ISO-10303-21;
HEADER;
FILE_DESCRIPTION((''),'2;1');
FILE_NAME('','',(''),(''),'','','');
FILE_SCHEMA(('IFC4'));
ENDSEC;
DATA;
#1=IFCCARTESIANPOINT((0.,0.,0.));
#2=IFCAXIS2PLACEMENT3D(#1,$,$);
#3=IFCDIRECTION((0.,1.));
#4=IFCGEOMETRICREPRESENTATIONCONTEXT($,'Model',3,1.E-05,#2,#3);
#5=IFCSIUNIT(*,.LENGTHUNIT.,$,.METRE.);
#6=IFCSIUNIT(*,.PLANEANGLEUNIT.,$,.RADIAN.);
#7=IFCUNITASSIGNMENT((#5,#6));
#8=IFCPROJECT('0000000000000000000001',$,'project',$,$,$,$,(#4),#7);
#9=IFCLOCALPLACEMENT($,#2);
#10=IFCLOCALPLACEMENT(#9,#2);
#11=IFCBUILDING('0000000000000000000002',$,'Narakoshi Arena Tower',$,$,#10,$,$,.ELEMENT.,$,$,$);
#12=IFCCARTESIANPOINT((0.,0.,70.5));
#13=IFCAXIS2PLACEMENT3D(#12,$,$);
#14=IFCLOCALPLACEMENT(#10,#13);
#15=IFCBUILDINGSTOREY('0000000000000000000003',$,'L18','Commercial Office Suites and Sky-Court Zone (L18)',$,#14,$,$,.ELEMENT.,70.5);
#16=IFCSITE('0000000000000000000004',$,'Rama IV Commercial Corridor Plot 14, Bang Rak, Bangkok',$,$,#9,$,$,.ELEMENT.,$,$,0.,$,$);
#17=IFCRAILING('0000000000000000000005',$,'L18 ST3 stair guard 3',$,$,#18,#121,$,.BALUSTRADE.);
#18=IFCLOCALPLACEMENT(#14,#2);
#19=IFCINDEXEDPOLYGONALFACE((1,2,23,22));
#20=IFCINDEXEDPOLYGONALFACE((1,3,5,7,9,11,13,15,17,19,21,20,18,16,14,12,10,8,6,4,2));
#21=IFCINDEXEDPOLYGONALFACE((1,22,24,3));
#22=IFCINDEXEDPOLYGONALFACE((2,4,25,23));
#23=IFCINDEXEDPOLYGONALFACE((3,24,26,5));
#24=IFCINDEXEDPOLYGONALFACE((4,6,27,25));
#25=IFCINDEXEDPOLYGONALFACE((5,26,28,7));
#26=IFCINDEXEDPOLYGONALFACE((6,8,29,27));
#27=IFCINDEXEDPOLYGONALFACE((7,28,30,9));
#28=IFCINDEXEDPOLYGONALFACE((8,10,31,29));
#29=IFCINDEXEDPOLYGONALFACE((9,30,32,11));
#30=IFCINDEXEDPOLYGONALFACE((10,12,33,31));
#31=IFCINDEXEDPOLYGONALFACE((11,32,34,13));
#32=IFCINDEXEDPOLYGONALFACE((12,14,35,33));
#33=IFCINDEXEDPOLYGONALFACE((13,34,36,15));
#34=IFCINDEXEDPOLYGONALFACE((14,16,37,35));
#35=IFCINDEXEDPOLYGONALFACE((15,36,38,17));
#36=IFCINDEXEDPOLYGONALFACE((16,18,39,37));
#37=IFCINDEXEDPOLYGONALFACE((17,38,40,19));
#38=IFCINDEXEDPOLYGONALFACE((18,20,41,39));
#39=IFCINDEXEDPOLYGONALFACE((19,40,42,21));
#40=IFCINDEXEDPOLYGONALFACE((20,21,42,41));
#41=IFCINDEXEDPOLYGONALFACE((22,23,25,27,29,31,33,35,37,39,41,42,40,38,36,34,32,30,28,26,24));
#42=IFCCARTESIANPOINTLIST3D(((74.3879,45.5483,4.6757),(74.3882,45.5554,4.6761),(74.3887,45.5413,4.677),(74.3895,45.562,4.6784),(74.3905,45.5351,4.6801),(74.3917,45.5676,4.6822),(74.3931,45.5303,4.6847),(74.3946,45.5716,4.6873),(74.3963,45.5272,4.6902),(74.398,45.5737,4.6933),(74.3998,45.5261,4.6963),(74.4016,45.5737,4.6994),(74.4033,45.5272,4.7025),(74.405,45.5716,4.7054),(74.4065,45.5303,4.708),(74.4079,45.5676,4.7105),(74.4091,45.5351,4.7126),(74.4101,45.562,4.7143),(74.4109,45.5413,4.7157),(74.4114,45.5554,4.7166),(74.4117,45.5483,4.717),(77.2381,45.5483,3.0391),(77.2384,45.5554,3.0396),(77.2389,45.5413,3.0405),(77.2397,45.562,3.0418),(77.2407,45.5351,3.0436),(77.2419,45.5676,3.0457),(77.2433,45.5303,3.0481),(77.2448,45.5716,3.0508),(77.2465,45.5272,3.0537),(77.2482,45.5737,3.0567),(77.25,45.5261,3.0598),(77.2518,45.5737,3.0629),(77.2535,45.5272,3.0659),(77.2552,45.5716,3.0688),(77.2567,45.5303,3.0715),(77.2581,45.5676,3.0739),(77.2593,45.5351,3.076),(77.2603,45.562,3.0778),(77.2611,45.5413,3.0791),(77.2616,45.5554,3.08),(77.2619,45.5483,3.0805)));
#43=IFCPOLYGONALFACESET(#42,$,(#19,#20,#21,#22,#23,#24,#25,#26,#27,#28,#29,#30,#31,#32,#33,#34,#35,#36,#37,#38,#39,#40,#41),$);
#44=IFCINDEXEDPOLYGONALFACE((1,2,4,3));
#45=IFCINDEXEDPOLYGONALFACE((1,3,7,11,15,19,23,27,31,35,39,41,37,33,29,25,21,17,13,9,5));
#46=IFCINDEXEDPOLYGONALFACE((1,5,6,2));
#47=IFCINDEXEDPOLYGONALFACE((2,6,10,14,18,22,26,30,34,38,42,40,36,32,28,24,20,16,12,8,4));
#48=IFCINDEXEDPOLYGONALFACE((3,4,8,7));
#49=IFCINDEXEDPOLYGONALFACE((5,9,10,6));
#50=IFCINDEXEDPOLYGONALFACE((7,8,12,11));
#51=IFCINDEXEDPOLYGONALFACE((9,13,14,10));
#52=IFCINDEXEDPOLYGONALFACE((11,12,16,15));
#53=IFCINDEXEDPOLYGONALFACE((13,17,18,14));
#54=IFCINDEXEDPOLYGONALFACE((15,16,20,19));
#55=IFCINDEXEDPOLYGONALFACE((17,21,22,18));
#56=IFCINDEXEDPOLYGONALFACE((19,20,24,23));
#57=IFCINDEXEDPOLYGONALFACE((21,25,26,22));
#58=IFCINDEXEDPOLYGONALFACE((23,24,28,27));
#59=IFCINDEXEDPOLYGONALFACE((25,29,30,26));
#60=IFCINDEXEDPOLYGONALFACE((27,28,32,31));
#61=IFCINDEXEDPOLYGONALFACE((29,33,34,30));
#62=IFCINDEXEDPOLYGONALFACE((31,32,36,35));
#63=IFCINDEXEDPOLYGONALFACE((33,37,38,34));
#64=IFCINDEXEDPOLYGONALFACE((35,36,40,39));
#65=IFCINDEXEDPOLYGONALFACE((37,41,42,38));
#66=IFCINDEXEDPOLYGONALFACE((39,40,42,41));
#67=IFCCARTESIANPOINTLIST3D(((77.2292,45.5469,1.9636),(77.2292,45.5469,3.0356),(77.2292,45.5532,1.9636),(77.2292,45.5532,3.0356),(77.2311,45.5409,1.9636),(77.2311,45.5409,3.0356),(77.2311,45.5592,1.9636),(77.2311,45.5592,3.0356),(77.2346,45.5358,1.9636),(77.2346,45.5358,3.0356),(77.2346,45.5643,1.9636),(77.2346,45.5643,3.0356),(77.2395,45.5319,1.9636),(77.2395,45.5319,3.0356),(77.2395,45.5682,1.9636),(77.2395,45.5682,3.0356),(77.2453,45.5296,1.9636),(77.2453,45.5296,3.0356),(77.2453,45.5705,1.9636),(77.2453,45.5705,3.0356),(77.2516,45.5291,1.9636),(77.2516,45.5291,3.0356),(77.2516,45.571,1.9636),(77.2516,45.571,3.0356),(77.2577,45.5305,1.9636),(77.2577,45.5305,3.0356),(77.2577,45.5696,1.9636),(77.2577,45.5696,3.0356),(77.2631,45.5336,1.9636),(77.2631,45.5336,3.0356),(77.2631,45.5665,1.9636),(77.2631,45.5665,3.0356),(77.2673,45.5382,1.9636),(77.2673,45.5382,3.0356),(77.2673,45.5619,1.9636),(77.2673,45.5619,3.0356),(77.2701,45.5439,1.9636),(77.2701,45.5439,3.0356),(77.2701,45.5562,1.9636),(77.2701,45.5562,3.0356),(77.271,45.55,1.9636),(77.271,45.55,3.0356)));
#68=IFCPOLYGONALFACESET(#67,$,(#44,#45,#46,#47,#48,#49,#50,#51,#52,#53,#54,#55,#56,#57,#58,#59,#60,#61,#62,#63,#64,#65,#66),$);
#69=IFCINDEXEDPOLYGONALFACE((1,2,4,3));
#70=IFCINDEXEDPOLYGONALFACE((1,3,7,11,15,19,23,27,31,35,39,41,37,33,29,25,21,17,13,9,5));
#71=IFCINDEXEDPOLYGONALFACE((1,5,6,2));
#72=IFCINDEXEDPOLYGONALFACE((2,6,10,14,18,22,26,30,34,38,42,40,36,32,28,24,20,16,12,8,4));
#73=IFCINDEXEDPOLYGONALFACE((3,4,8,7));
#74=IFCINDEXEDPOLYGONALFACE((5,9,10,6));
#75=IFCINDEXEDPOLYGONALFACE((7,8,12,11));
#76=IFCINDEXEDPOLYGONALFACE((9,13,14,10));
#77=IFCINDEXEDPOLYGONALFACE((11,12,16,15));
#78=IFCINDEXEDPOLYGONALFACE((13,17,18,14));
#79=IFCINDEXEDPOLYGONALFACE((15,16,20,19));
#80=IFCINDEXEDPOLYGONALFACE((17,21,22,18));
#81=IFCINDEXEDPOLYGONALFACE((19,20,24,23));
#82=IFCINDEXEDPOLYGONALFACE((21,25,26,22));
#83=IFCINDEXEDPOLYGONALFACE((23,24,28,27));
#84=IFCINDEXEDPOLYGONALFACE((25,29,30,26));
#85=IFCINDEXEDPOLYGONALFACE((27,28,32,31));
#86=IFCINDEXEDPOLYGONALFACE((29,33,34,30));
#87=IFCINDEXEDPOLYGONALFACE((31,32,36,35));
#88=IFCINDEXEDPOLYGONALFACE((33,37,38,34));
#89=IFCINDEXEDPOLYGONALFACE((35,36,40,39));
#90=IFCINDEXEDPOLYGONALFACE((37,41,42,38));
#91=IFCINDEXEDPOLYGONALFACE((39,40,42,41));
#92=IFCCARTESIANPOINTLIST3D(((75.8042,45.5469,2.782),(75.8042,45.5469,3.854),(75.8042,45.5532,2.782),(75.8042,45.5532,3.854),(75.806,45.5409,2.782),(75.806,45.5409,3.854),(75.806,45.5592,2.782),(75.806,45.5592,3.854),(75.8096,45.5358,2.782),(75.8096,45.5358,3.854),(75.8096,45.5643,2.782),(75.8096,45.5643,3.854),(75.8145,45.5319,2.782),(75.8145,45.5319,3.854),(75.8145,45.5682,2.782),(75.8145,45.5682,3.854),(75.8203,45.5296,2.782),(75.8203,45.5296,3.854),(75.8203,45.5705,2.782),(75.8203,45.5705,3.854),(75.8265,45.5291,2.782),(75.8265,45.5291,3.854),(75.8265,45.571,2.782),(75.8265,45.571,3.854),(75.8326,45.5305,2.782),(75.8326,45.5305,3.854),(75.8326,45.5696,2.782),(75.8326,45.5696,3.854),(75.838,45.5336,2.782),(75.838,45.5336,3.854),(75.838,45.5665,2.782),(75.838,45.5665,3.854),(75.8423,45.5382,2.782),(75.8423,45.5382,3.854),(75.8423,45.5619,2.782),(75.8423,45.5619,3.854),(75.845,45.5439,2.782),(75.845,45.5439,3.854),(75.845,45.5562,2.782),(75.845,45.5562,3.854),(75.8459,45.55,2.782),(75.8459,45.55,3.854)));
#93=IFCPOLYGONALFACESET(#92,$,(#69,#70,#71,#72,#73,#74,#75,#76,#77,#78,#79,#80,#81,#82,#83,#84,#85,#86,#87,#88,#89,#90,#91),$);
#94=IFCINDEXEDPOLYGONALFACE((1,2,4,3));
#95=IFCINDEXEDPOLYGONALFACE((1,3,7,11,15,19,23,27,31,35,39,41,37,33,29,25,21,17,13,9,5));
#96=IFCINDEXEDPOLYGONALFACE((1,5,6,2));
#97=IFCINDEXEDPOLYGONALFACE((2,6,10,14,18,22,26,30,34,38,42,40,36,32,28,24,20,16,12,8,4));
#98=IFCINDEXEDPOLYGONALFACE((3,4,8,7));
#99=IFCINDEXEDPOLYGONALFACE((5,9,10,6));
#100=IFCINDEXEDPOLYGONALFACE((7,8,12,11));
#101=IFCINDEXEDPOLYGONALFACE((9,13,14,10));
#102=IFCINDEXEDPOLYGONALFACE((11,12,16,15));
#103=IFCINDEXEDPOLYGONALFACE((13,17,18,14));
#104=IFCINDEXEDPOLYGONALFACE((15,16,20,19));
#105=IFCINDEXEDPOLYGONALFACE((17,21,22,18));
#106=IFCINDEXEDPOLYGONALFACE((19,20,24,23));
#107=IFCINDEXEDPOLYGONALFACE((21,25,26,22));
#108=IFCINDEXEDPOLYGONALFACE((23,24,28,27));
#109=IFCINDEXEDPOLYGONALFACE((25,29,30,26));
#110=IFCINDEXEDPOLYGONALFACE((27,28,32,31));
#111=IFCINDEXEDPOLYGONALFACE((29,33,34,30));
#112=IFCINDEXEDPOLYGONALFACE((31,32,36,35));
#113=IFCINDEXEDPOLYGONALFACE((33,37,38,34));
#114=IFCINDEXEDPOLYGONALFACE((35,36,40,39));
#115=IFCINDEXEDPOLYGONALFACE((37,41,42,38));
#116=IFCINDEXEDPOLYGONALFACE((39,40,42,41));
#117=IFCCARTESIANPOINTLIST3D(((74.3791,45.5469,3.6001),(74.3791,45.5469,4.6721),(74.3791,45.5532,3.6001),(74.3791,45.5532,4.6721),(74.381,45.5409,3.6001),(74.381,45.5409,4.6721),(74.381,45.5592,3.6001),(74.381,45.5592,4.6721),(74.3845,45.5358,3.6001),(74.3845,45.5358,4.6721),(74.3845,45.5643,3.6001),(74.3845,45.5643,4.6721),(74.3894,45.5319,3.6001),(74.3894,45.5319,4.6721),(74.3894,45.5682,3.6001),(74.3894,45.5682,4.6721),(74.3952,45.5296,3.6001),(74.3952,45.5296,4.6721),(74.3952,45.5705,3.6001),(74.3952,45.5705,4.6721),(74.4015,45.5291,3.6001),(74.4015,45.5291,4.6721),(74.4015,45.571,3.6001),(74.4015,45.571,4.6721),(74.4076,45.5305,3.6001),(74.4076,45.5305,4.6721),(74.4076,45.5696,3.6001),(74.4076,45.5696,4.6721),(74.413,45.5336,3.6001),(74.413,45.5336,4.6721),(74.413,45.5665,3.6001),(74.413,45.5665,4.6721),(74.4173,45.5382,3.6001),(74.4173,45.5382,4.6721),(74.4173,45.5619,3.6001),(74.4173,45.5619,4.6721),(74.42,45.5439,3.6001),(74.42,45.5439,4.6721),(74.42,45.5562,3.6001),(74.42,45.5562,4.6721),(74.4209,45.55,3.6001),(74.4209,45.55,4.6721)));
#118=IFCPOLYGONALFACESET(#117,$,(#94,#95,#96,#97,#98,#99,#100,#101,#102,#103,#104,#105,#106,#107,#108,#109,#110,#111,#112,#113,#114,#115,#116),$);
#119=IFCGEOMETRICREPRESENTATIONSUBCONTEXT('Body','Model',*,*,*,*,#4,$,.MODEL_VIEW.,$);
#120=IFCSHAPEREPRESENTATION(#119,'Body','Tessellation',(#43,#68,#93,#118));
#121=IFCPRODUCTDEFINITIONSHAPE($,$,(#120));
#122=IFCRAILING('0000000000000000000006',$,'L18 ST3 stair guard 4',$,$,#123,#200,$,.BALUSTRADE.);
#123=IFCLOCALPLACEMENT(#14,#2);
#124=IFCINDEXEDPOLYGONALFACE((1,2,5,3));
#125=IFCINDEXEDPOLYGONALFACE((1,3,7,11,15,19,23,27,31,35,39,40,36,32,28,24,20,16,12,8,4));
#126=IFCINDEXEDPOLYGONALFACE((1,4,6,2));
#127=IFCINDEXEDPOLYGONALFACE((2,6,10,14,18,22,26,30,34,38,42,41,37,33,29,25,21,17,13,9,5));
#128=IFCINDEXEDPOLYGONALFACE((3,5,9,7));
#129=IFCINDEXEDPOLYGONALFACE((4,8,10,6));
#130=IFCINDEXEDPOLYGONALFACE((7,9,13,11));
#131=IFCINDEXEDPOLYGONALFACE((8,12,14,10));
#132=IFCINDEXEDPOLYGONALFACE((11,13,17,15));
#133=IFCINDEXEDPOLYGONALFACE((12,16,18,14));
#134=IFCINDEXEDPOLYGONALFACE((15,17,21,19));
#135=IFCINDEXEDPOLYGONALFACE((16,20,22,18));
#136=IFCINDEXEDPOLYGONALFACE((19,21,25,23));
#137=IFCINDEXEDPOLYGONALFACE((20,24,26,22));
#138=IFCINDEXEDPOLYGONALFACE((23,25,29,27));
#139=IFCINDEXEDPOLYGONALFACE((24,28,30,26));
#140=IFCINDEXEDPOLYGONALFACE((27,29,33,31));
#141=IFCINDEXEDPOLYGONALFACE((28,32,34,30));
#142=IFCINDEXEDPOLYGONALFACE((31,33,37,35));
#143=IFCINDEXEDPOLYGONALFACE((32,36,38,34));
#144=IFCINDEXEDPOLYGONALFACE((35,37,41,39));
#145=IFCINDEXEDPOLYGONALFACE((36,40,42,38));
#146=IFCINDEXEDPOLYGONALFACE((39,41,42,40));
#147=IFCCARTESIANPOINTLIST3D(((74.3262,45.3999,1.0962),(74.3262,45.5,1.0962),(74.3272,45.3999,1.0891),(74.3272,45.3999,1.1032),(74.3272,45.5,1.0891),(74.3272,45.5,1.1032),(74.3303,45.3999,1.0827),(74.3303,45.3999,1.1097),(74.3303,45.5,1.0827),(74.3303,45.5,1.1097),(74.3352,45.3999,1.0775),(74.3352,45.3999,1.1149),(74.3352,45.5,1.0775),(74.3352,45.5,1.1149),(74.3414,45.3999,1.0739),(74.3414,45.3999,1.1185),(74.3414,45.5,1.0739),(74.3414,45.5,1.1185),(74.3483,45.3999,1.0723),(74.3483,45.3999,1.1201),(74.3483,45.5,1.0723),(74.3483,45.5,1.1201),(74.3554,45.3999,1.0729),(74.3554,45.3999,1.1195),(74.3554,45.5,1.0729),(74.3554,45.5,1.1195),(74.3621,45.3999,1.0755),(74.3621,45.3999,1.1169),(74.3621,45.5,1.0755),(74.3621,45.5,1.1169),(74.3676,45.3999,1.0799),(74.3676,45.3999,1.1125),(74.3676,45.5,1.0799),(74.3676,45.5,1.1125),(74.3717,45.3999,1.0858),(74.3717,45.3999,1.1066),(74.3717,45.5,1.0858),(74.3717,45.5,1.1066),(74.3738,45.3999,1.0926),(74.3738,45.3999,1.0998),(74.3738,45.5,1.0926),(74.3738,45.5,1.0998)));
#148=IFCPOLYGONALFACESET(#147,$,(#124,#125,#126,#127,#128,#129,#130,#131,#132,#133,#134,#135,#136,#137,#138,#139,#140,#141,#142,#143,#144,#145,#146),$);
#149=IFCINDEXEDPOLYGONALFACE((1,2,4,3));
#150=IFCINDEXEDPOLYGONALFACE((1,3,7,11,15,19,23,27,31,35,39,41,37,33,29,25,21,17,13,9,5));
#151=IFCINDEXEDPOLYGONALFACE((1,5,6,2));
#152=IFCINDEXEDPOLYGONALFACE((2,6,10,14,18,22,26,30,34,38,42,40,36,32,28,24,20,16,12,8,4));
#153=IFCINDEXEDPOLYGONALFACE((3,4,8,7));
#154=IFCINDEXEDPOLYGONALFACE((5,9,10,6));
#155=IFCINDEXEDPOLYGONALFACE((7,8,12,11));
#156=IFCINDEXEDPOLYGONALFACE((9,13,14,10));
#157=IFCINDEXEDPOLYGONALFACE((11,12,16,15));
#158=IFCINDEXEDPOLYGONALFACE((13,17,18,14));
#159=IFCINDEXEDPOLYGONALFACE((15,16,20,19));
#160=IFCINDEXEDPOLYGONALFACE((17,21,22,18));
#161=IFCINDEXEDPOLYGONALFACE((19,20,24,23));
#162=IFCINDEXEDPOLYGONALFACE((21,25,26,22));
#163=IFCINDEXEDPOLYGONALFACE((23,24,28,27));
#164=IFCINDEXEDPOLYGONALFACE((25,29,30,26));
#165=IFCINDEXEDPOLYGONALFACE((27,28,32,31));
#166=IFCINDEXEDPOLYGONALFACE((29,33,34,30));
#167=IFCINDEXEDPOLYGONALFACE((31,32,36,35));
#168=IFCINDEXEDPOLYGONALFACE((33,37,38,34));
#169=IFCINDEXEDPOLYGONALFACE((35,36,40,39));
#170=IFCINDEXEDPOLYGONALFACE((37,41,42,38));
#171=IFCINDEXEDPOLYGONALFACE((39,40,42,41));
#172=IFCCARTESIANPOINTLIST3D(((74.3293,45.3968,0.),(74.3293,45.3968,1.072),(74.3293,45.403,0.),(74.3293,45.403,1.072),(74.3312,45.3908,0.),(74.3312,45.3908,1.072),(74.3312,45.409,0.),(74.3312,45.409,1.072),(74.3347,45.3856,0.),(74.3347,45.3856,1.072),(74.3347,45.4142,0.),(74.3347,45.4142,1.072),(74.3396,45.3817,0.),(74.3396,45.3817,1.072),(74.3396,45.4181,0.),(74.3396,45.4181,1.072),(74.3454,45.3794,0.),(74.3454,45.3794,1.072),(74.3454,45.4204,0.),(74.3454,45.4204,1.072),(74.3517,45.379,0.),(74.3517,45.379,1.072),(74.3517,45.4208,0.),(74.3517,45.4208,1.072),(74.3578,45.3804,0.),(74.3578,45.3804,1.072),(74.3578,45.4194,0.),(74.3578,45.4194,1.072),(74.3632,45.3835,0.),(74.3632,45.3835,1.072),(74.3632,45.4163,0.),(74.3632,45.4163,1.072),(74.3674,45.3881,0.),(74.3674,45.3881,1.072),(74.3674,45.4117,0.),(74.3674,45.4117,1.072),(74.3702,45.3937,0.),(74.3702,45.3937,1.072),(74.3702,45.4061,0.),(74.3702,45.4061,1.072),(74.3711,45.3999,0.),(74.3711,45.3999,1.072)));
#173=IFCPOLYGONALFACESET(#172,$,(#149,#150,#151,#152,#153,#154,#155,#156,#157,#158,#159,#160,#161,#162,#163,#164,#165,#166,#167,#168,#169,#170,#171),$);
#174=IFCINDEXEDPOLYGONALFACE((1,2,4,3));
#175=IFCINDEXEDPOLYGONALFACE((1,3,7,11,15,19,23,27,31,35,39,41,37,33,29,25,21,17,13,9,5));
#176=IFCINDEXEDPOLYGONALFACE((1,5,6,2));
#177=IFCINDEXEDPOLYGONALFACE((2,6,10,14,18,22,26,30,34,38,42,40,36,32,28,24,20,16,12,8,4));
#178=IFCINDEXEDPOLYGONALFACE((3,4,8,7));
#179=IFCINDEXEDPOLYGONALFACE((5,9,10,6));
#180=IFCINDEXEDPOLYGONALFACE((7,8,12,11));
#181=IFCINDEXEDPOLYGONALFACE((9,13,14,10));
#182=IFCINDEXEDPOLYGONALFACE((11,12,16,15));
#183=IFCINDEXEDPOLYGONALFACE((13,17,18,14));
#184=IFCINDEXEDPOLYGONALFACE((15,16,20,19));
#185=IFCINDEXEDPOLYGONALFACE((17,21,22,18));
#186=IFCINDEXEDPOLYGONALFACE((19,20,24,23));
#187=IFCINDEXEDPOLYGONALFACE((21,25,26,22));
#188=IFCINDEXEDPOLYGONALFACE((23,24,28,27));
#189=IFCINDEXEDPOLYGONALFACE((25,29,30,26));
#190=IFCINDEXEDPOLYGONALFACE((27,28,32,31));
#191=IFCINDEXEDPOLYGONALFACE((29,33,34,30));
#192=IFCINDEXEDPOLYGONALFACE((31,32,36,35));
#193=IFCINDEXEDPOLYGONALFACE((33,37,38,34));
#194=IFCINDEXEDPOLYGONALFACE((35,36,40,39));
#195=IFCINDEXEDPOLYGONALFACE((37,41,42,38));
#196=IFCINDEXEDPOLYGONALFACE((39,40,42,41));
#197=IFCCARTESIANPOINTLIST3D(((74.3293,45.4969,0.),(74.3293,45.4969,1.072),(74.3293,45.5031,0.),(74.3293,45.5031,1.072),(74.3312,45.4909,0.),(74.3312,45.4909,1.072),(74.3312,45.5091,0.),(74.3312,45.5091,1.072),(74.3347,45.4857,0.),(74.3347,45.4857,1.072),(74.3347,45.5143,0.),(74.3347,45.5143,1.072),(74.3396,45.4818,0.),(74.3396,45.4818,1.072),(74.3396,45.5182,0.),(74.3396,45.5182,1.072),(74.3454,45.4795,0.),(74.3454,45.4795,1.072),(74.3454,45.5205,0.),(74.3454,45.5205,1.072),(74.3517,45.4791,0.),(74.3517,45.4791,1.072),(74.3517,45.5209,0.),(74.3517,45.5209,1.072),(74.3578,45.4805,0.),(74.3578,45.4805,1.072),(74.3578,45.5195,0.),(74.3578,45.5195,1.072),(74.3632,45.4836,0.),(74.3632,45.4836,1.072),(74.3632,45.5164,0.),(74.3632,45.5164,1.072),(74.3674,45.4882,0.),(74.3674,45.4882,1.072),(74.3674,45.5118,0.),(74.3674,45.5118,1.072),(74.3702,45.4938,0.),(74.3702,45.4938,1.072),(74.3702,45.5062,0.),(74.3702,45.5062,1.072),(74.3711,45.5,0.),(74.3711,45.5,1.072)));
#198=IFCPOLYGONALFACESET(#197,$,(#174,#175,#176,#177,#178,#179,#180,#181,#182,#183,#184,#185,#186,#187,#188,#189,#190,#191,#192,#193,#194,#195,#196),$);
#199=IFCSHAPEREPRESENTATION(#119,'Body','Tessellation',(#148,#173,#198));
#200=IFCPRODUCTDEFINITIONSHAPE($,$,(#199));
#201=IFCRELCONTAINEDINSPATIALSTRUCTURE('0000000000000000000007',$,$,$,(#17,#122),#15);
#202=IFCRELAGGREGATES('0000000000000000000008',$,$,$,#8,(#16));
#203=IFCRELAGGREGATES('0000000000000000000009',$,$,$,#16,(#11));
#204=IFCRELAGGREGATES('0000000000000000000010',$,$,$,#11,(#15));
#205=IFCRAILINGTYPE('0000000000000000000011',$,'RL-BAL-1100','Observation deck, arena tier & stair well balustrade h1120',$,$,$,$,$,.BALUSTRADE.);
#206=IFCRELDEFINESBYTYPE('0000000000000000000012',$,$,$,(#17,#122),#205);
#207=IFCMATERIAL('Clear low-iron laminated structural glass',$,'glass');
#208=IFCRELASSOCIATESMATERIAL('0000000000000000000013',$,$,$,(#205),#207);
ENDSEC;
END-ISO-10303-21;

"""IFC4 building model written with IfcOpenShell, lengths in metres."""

from ifc_helpers import new_model, si_unit, direction, frame, origin, origin_2d, place, context, subcontext, project, spatial, circle, extrude, material, type_object, element, save


model = new_model("IFC4")

# Units and contexts
model_context = context("Model", 3, precision=1e-05, world=origin(), true_north=direction((0.0, 1.0)))
body_context = subcontext(model_context, "Body", "Model", "MODEL_VIEW")
ifc_project = project(units=[si_unit("LENGTHUNIT", "METRE"), si_unit("PLANEANGLEUNIT", "RADIAN")], contexts=[model_context])

# Site, building, storey
site_placement = place(None, origin())
site = spatial("IfcSite", under=ifc_project, at=site_placement, Name="Rama IV Commercial Corridor Plot 14, Bang Rak, Bangkok", CompositionType="ELEMENT", RefElevation=0.0)
building_placement = place(site_placement, origin())
building = spatial("IfcBuilding", under=site, at=building_placement, Name="Narakoshi Arena Tower", CompositionType="ELEMENT")
storey_placement = place(building_placement, frame((0.0, 0.0, 70.5)))
storey = spatial("IfcBuildingStorey", under=building, at=storey_placement, Name="L18", Description="Commercial Office Suites and Sky-Court Zone (L18)", CompositionType="ELEMENT", Elevation=70.5)

# Railings
ifc_material_1 = material(Name="Clear low-iron laminated structural glass", Category="glass")
railing_type_1 = type_object("IfcRailingType", Name="RL-BAL-1100", Description="Observation deck, arena tier & stair well balustrade h1120", PredefinedType="BALUSTRADE", material=ifc_material_1)
railing_1_placement = place(storey_placement, frame((77.25, 45.55, 1.9636)))
element("IfcRailing", 1, at=railing_1_placement, inside=storey, type_object=railing_type_1, Name="L18 ST3 stair guard 3", PredefinedType="BALUSTRADE", context=body_context, shape_type="SweptSolid", body=[
    extrude(circle(Radius=0.0239, at=origin_2d()), frame((0.0, 0.0, 1.0962), z_axis=(-0.867213, 0.0, 0.497938), x_axis=(0.0, -1.0, 0.0)), (0.0, 0.0, 1.0), 3.2866),
    extrude(circle(Radius=0.021, at=origin_2d()), origin(), (0.0, 0.0, 1.0), 1.072),
    extrude(circle(Radius=0.021, at=origin_2d()), frame((-1.425, 0.0, 0.8184)), (0.0, 0.0, 1.0), 1.072),
    extrude(circle(Radius=0.021, at=origin_2d()), frame((-2.8501, 0.0, 1.6365)), (0.0, 0.0, 1.0), 1.072),
])
railing_2_placement = place(storey_placement, frame((74.3501, 45.3999, 0.0)))
element("IfcRailing", 2, at=railing_2_placement, inside=storey, type_object=railing_type_1, Name="L18 ST3 stair guard 4", PredefinedType="BALUSTRADE", context=body_context, shape_type="SweptSolid", body=[
    extrude(circle(Radius=0.0239, at=origin_2d()), frame((0.0, 0.0, 1.0962), z_axis=(0.0, 1.0, 0.0), x_axis=(-1.0, 0.0, 0.0)), (0.0, 0.0, 1.0), 0.1001),
    extrude(circle(Radius=0.021, at=origin_2d()), origin(), (0.0, 0.0, 1.0), 1.072),
    extrude(circle(Radius=0.021, at=origin_2d()), frame((0.0, 0.1001, 0.0)), (0.0, 0.0, 1.0), 1.072),
])

save(model, "model.ifc")
